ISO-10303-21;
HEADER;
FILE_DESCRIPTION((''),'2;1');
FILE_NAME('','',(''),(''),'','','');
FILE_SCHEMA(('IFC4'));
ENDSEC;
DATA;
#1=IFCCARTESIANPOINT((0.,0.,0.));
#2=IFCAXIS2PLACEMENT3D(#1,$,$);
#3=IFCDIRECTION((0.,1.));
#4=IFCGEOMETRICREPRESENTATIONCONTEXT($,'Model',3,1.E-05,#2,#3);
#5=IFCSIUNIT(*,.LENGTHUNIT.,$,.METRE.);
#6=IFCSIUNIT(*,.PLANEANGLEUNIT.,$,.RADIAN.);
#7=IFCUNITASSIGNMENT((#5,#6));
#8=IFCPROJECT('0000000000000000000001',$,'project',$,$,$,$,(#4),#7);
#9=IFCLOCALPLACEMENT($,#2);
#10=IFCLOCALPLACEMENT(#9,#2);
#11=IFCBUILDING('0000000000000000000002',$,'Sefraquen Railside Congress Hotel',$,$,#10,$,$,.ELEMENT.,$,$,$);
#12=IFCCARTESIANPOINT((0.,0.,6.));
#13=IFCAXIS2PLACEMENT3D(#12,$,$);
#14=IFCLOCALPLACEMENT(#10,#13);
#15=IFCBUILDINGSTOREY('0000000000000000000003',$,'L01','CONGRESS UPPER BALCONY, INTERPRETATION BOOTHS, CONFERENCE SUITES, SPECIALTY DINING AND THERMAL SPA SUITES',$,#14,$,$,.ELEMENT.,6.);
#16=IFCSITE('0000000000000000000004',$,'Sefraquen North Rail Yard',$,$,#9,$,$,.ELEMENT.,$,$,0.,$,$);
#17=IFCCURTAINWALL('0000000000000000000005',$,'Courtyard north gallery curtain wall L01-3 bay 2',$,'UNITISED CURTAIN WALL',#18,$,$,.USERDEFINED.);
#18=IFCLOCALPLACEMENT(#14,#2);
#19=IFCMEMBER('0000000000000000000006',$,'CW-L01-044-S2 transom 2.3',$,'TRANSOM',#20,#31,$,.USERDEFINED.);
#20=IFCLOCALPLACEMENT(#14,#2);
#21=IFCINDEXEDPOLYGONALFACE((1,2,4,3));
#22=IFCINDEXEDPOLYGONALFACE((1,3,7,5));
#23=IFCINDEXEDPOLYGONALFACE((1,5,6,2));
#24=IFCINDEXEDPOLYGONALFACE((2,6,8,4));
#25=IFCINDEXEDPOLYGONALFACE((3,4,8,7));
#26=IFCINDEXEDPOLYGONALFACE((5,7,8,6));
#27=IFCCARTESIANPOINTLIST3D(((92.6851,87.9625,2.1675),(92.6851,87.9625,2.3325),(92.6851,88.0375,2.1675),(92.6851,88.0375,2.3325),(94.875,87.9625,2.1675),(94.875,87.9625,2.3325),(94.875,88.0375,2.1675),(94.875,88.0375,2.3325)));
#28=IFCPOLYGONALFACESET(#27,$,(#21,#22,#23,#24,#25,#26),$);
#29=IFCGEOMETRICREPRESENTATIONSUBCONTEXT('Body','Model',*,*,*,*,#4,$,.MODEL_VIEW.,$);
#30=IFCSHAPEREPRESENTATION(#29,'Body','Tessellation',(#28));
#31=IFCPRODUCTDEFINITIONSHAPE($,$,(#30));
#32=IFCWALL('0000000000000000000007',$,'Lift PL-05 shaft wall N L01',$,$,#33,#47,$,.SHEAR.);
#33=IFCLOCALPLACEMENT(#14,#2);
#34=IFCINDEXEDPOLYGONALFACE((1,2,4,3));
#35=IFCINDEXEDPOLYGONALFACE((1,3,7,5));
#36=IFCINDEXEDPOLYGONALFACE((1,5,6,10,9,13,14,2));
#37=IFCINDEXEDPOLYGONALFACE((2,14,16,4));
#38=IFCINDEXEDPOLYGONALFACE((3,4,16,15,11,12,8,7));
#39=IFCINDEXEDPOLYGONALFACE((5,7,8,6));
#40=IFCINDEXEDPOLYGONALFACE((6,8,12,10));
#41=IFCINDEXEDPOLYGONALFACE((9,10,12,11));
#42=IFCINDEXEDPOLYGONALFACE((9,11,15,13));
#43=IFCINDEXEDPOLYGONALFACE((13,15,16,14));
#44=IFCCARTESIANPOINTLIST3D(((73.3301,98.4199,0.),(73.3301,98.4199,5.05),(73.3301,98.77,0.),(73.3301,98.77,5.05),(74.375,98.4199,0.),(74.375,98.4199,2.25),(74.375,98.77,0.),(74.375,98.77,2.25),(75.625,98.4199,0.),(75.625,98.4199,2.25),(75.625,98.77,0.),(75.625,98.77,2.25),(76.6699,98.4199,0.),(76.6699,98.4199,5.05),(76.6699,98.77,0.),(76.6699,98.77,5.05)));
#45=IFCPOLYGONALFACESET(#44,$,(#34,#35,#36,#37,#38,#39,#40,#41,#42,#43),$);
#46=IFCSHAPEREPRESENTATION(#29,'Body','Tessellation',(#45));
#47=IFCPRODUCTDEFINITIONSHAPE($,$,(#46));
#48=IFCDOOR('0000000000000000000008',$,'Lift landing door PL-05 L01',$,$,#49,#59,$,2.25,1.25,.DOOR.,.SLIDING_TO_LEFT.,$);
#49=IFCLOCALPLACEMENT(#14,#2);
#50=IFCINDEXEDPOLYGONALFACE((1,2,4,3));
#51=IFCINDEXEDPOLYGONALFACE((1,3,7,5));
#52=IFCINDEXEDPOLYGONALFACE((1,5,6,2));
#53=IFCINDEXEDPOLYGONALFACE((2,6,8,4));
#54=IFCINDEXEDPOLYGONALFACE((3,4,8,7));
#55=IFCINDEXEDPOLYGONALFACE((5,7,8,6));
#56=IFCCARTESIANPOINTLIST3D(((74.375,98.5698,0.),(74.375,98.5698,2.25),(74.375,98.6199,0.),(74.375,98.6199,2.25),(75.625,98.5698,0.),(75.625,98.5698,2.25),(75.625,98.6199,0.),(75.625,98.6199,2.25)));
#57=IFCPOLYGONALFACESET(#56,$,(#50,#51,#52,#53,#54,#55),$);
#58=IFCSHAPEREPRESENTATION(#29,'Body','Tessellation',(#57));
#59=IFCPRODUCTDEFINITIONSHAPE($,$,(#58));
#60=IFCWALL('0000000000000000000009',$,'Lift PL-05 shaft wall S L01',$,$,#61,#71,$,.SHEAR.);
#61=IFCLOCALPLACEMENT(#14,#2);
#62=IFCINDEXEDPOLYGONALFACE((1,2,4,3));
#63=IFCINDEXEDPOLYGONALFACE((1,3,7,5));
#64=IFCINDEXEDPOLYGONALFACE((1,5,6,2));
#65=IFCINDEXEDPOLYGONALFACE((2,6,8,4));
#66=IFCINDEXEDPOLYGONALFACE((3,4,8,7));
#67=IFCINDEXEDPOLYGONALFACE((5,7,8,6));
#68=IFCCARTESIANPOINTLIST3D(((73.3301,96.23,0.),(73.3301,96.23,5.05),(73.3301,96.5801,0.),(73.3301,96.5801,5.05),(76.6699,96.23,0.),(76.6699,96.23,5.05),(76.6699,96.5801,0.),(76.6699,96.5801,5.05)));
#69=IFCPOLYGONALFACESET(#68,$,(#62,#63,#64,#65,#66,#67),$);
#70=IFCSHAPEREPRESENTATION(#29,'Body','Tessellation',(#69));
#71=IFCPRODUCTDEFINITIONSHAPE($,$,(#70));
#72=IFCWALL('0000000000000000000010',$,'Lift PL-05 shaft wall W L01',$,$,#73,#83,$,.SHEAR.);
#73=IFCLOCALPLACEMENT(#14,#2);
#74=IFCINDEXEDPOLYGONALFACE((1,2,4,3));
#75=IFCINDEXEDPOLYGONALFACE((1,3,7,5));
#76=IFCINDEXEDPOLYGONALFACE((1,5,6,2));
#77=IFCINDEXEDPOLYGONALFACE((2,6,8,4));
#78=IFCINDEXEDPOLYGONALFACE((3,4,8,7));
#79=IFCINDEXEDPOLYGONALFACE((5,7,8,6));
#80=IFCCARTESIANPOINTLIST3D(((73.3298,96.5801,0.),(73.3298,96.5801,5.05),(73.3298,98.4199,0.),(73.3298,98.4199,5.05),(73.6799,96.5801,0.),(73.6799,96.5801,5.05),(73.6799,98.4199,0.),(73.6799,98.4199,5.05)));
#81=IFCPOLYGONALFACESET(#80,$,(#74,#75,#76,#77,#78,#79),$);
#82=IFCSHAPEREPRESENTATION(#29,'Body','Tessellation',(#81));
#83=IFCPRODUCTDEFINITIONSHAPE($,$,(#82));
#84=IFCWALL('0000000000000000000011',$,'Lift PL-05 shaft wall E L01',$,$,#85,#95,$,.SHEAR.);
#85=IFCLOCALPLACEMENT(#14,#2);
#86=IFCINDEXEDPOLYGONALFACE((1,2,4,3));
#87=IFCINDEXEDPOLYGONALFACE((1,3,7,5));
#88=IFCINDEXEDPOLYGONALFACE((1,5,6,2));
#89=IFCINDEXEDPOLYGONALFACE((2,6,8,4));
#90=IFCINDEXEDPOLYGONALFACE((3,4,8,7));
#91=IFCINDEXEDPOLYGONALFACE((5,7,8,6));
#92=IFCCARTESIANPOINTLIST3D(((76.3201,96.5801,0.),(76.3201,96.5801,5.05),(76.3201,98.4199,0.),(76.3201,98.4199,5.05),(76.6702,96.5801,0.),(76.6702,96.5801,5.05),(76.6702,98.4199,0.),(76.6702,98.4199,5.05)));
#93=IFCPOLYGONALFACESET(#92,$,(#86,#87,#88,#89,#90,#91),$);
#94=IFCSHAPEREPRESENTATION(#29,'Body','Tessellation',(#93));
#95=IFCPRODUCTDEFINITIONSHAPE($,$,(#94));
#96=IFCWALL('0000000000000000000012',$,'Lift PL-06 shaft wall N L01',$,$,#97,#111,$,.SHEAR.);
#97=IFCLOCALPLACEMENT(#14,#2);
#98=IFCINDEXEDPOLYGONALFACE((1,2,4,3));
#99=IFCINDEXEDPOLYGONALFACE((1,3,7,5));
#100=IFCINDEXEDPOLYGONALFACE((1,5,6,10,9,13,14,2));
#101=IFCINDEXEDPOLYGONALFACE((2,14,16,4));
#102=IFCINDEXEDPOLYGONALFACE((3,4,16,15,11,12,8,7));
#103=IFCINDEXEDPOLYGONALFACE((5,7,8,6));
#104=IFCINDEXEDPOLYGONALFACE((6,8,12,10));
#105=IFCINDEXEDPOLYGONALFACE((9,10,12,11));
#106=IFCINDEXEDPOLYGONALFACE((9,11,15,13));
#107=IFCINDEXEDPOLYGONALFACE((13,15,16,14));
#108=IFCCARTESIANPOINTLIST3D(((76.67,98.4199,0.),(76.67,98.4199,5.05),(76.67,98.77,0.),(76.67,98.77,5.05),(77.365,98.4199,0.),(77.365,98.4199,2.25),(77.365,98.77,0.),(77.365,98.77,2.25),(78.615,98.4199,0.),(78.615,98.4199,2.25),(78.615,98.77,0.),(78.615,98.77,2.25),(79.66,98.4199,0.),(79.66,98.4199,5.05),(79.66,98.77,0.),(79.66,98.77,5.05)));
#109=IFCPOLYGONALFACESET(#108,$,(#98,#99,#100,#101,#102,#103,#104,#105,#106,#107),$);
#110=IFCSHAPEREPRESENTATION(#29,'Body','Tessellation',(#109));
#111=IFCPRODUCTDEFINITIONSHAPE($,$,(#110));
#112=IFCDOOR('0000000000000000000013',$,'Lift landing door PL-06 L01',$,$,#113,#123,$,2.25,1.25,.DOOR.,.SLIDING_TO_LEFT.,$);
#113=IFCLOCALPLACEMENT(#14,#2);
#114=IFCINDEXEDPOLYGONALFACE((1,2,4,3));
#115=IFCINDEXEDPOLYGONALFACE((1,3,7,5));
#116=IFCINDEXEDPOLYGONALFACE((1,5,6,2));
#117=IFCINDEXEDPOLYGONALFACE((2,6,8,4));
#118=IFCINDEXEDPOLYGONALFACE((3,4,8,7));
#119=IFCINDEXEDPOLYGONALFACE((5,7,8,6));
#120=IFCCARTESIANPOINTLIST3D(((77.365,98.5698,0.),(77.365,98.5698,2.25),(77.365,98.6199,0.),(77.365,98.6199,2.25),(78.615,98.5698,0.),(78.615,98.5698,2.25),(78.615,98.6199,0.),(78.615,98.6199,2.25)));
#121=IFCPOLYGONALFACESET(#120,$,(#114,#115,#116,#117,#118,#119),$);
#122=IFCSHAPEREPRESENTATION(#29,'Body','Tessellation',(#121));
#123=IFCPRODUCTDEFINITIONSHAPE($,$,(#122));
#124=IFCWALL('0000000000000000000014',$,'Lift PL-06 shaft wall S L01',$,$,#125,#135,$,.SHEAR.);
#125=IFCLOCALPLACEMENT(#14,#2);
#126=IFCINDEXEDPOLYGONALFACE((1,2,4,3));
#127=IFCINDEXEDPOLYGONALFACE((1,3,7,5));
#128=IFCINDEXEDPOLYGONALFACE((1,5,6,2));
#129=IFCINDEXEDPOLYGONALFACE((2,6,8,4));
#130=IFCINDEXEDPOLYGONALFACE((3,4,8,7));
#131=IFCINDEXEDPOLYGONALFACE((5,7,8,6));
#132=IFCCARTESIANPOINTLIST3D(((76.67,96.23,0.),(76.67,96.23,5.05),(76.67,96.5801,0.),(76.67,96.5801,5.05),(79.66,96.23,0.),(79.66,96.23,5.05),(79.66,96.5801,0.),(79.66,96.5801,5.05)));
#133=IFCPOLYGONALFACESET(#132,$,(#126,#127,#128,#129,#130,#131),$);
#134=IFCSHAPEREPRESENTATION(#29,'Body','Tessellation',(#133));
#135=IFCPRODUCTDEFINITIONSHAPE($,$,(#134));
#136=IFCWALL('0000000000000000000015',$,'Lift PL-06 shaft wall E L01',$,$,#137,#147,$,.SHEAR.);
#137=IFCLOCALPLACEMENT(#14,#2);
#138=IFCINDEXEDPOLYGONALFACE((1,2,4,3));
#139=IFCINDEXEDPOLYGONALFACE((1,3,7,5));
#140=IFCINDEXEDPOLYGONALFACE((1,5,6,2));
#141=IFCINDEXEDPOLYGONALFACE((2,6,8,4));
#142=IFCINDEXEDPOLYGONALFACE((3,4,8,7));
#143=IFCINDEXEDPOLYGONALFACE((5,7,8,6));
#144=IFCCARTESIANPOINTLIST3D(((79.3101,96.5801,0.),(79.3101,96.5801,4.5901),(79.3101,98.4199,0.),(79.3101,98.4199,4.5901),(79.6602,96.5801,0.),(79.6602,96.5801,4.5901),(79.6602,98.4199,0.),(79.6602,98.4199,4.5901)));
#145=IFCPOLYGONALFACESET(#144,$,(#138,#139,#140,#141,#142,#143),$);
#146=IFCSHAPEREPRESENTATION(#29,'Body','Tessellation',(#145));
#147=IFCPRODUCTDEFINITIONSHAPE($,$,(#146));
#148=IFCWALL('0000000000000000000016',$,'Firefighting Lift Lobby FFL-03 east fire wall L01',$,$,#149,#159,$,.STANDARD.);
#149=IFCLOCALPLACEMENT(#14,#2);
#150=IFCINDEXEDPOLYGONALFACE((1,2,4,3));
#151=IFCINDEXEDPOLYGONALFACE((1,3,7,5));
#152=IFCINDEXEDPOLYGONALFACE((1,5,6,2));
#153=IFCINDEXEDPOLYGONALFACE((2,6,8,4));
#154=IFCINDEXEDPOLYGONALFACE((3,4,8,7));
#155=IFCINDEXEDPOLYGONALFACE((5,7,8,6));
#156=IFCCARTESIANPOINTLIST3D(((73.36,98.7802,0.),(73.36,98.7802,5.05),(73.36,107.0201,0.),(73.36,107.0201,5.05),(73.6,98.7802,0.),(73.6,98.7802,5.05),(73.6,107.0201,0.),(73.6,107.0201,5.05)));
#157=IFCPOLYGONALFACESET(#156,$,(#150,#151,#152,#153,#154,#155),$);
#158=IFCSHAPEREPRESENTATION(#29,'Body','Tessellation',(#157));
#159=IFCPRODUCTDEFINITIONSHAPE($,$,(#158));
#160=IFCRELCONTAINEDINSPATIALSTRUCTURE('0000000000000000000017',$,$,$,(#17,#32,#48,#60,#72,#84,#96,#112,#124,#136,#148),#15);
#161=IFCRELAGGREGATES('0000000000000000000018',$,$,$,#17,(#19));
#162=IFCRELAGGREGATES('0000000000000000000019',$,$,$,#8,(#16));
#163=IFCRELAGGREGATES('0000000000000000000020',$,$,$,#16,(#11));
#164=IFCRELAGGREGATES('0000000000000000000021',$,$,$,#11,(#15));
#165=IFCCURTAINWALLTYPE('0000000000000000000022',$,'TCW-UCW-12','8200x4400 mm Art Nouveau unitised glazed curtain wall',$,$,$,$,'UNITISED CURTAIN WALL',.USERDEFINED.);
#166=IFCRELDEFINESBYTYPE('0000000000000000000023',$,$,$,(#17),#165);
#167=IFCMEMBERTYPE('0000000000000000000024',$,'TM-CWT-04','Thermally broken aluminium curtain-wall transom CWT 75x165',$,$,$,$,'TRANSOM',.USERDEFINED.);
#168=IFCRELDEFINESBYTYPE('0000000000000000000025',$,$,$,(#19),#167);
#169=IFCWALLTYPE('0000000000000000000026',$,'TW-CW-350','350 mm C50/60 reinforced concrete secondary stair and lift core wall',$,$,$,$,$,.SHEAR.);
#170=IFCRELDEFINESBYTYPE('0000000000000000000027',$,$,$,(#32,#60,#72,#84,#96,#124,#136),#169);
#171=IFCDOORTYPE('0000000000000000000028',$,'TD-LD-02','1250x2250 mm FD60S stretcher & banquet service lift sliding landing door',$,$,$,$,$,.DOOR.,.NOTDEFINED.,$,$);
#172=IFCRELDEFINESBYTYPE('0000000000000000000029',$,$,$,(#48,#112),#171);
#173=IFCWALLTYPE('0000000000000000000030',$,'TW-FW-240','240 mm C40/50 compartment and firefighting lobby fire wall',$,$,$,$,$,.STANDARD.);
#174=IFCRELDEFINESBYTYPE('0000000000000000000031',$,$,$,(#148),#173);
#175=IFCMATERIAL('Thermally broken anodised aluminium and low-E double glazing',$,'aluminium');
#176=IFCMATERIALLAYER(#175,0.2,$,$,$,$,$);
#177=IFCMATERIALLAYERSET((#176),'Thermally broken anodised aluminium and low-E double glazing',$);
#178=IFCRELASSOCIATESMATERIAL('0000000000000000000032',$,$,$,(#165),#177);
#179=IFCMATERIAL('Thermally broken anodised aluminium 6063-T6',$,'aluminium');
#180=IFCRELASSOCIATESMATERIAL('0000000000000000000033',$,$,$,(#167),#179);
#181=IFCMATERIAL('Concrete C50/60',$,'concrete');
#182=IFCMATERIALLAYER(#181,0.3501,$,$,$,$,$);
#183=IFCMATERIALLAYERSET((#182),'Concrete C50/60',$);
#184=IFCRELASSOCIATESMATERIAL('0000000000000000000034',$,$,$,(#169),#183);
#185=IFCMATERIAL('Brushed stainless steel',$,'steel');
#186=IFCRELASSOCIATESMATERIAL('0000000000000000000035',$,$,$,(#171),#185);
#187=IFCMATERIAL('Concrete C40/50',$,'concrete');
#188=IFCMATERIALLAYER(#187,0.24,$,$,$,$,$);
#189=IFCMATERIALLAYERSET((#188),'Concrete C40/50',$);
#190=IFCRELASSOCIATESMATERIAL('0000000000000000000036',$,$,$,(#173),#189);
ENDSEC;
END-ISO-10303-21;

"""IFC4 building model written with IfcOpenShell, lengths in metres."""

from ifc_helpers import new_model, si_unit, direction, frame, frame_2d, origin, origin_2d, place, context, subcontext, project, spatial, rectangle, extrude, material, layer, layer_set, material_profile, profile_set, type_object, element, fill, aggregate, save


model = new_model("IFC4")

# Units and contexts
model_context = context("Model", 3, precision=1e-05, world=origin(), true_north=direction((0.0, 1.0)))
body_context = subcontext(model_context, "Body", "Model", "MODEL_VIEW")
ifc_project = project(units=[si_unit("LENGTHUNIT", "METRE"), si_unit("PLANEANGLEUNIT", "RADIAN")], contexts=[model_context])

# Site, building, storey
site_placement = place(None, origin())
site = spatial("IfcSite", under=ifc_project, at=site_placement, Name="Sefraquen North Rail Yard", CompositionType="ELEMENT", RefElevation=0.0)
building_placement = place(site_placement, origin())
building = spatial("IfcBuilding", under=site, at=building_placement, Name="Sefraquen Railside Congress Hotel", CompositionType="ELEMENT")
storey_placement = place(building_placement, frame((0.0, 0.0, 6.0)))
storey = spatial("IfcBuildingStorey", under=building, at=storey_placement, Name="L01", Description="CONGRESS UPPER BALCONY, INTERPRETATION BOOTHS, CONFERENCE SUITES, SPECIALTY DINING AND THERMAL SPA SUITES", CompositionType="ELEMENT", Elevation=6.0)

# Curtain wall, member
ifc_material_1 = material(Name="Thermally broken anodised aluminium and low-E double glazing", Category="aluminium")
ifc_layer_1 = layer(ifc_material_1, 0.2)
ifc_layer_set_1 = layer_set([ifc_layer_1], Name="Thermally broken anodised aluminium and low-E double glazing")
curtain_wall_type = type_object("IfcCurtainWallType", Name="TCW-UCW-12", Description="8200x4400 mm Art Nouveau unitised glazed curtain wall", ElementType="UNITISED CURTAIN WALL", PredefinedType="USERDEFINED", material=ifc_layer_set_1)
curtain_wall_placement = place(storey_placement, origin())
curtain_wall = element("IfcCurtainWall", 1, at=curtain_wall_placement, inside=storey, type_object=curtain_wall_type, Name="Courtyard north gallery curtain wall L01-3 bay 2", ObjectType="UNITISED CURTAIN WALL", PredefinedType="USERDEFINED")
ifc_material_2 = material(Name="Thermally broken anodised aluminium 6063-T6", Category="aluminium")
ifc_material_profile_1 = material_profile(ifc_material_2, rectangle(XDim=0.075, YDim=0.165, at=origin_2d()), Name="CWT 75x165")
ifc_profile_set_1 = profile_set([ifc_material_profile_1], Name="Thermally broken anodised aluminium 6063-T6")
member_type = type_object("IfcMemberType", Name="TM-CWT-04", Description="Thermally broken aluminium curtain-wall transom CWT 75x165", ElementType="TRANSOM", PredefinedType="USERDEFINED", material=ifc_profile_set_1)
member_placement = place(storey_placement, frame((92.6851, 88.0, 2.25), z_axis=(1.0, 0.0, 0.0), x_axis=(0.0, 1.0, 0.0)))
member = element("IfcMember", 2, at=member_placement, type_object=member_type, Name="CW-L01-044-S2 transom 2.3", ObjectType="TRANSOM", PredefinedType="USERDEFINED", context=body_context, shape_type="SweptSolid", body=[
    extrude(rectangle(XDim=0.075, YDim=0.165, at=origin_2d()), origin(), (0.0, 0.0, 1.0), 2.1899),
])
aggregate(curtain_wall, [member])

# Wall, opening, door
ifc_material_3 = material(Name="Concrete C50/60", Category="concrete")
ifc_layer_2 = layer(ifc_material_3, 0.3501)
ifc_layer_set_2 = layer_set([ifc_layer_2], Name="Concrete C50/60")
wall_type_1 = type_object("IfcWallType", Name="TW-CW-350", Description="350 mm C50/60 reinforced concrete secondary stair and lift core wall", PredefinedType="SHEAR", material=ifc_layer_set_2)
wall_1_placement = place(storey_placement, frame((73.3301, 98.595, 0.0), z_axis=(0.0, 0.0, 1.0), x_axis=(1.0, 0.0, 0.0)))
wall_1 = element("IfcWall", 3, at=wall_1_placement, inside=storey, type_object=wall_type_1, Name="Lift PL-05 shaft wall N L01", PredefinedType="SHEAR", context=body_context, shape_type="SweptSolid", body=[
    extrude(rectangle(XDim=3.3398, YDim=0.3501, at=frame_2d((1.6699, 0.0))), origin(), (0.0, 0.0, 1.0), 5.05),
])
opening_1_placement = place(wall_1_placement, frame((1.0449, 0.0, 0.0)))
opening_1 = element("IfcOpeningElement", 4, at=opening_1_placement, cuts=wall_1, PredefinedType="OPENING", context=body_context, shape_type="SweptSolid", body=[
    extrude(rectangle(XDim=1.25, YDim=2.25, at=frame_2d((0.625, 1.125))), frame((0.0, 0.1851, 0.0), z_axis=(0.0, -1.0, 0.0), x_axis=(1.0, 0.0, 0.0)), (0.0, 0.0, 1.0), 0.3701),
])
ifc_material_4 = material(Name="Brushed stainless steel", Category="steel")
door_type = type_object("IfcDoorType", Name="TD-LD-02", Description="1250x2250 mm FD60S stretcher & banquet service lift sliding landing door", OperationType="NOTDEFINED", PredefinedType="DOOR", material=ifc_material_4)
door_1_placement = place(opening_1_placement, origin())
door_1 = element("IfcDoor", 5, at=door_1_placement, inside=storey, type_object=door_type, Name="Lift landing door PL-05 L01", OperationType="SLIDING_TO_LEFT", OverallHeight=2.25, OverallWidth=1.25, PredefinedType="DOOR", context=body_context, shape_type="SweptSolid", body=[
    extrude(rectangle(XDim=1.25, YDim=2.25, at=frame_2d((0.625, 1.125))), frame((0.0, 0.0249, 0.0), z_axis=(0.0, -1.0, 0.0), x_axis=(1.0, 0.0, 0.0)), (0.0, 0.0, 1.0), 0.05),
])
fill(opening_1, door_1)

# Walls
wall_2_placement = place(storey_placement, frame((73.3301, 96.405, 0.0), z_axis=(0.0, 0.0, 1.0), x_axis=(1.0, 0.0, 0.0)))
element("IfcWall", 6, at=wall_2_placement, inside=storey, type_object=wall_type_1, Name="Lift PL-05 shaft wall S L01", PredefinedType="SHEAR", context=body_context, shape_type="SweptSolid", body=[
    extrude(rectangle(XDim=3.3398, YDim=0.3501, at=frame_2d((1.6699, 0.0))), origin(), (0.0, 0.0, 1.0), 5.05),
])
for number, where, z_axis, x_axis, name in (
    (7, (73.5049, 96.5801, 0.0), (0.0, 0.0, 1.0), (0.0, 1.0, 0.0), "Lift PL-05 shaft wall W L01"),
    (8, (76.4951, 96.5801, 0.0), (0.0, 0.0, 1.0), (0.0, 1.0, 0.0), "Lift PL-05 shaft wall E L01"),
):
    element("IfcWall", number, at=place(storey_placement, frame(where, z_axis=z_axis, x_axis=x_axis)), inside=storey, type_object=wall_type_1, Name=name, PredefinedType="SHEAR", context=body_context, shape_type="SweptSolid", body=[
        extrude(rectangle(XDim=1.8398, YDim=0.3501, at=frame_2d((0.9199, 0.0))), origin(), (0.0, 0.0, 1.0), 5.05),
    ])

# Wall, opening, door
wall_3_placement = place(storey_placement, frame((76.6699, 98.595, 0.0), z_axis=(0.0, 0.0, 1.0), x_axis=(1.0, 0.0, 0.0)))
wall_3 = element("IfcWall", 9, at=wall_3_placement, inside=storey, type_object=wall_type_1, Name="Lift PL-06 shaft wall N L01", PredefinedType="SHEAR", context=body_context, shape_type="SweptSolid", body=[
    extrude(rectangle(XDim=2.99, YDim=0.3501, at=frame_2d((1.4951, 0.0))), origin(), (0.0, 0.0, 1.0), 5.05),
])
opening_2_placement = place(wall_3_placement, frame((0.6951, 0.0, 0.0)))
opening_2 = element("IfcOpeningElement", 10, at=opening_2_placement, cuts=wall_3, PredefinedType="OPENING", context=body_context, shape_type="SweptSolid", body=[
    extrude(rectangle(XDim=1.25, YDim=2.25, at=frame_2d((0.625, 1.125))), frame((0.0, 0.1851, 0.0), z_axis=(0.0, -1.0, 0.0), x_axis=(1.0, 0.0, 0.0)), (0.0, 0.0, 1.0), 0.3701),
])
door_2_placement = place(opening_2_placement, origin())
door_2 = element("IfcDoor", 11, at=door_2_placement, inside=storey, type_object=door_type, Name="Lift landing door PL-06 L01", OperationType="SLIDING_TO_LEFT", OverallHeight=2.25, OverallWidth=1.25, PredefinedType="DOOR", context=body_context, shape_type="SweptSolid", body=[
    extrude(rectangle(XDim=1.25, YDim=2.25, at=frame_2d((0.625, 1.125))), frame((0.0, 0.0249, 0.0), z_axis=(0.0, -1.0, 0.0), x_axis=(1.0, 0.0, 0.0)), (0.0, 0.0, 1.0), 0.05),
])
fill(opening_2, door_2)

# Walls
wall_4_placement = place(storey_placement, frame((76.6699, 96.405, 0.0), z_axis=(0.0, 0.0, 1.0), x_axis=(1.0, 0.0, 0.0)))
element("IfcWall", 12, at=wall_4_placement, inside=storey, type_object=wall_type_1, Name="Lift PL-06 shaft wall S L01", PredefinedType="SHEAR", context=body_context, shape_type="SweptSolid", body=[
    extrude(rectangle(XDim=2.99, YDim=0.3501, at=frame_2d((1.4951, 0.0))), origin(), (0.0, 0.0, 1.0), 5.05),
])
wall_5_placement = place(storey_placement, frame((79.4851, 96.5801, 0.0), z_axis=(0.0, 0.0, 1.0), x_axis=(0.0, 1.0, 0.0)))
element("IfcWall", 13, at=wall_5_placement, inside=storey, type_object=wall_type_1, Name="Lift PL-06 shaft wall E L01", PredefinedType="SHEAR", context=body_context, shape_type="SweptSolid", body=[
    extrude(rectangle(XDim=1.8398, YDim=0.3501, at=frame_2d((0.9199, 0.0))), origin(), (0.0, 0.0, 1.0), 4.5901),
])
ifc_material_5 = material(Name="Concrete C40/50", Category="concrete")
ifc_layer_3 = layer(ifc_material_5, 0.24)
ifc_layer_set_3 = layer_set([ifc_layer_3], Name="Concrete C40/50")
wall_type_2 = type_object("IfcWallType", Name="TW-FW-240", Description="240 mm C40/50 compartment and firefighting lobby fire wall", PredefinedType="STANDARD", material=ifc_layer_set_3)
wall_6_placement = place(storey_placement, frame((73.48, 98.78, 0.0), z_axis=(0.0, 0.0, 1.0), x_axis=(0.0, 1.0, 0.0)))
element("IfcWall", 14, at=wall_6_placement, inside=storey, type_object=wall_type_2, Name="Firefighting Lift Lobby FFL-03 east fire wall L01", PredefinedType="STANDARD", context=body_context, shape_type="SweptSolid", body=[
    extrude(rectangle(XDim=8.24, YDim=0.24, at=frame_2d((4.1201, 0.0))), origin(), (0.0, 0.0, 1.0), 5.05),
])

save(model, "model.ifc")
